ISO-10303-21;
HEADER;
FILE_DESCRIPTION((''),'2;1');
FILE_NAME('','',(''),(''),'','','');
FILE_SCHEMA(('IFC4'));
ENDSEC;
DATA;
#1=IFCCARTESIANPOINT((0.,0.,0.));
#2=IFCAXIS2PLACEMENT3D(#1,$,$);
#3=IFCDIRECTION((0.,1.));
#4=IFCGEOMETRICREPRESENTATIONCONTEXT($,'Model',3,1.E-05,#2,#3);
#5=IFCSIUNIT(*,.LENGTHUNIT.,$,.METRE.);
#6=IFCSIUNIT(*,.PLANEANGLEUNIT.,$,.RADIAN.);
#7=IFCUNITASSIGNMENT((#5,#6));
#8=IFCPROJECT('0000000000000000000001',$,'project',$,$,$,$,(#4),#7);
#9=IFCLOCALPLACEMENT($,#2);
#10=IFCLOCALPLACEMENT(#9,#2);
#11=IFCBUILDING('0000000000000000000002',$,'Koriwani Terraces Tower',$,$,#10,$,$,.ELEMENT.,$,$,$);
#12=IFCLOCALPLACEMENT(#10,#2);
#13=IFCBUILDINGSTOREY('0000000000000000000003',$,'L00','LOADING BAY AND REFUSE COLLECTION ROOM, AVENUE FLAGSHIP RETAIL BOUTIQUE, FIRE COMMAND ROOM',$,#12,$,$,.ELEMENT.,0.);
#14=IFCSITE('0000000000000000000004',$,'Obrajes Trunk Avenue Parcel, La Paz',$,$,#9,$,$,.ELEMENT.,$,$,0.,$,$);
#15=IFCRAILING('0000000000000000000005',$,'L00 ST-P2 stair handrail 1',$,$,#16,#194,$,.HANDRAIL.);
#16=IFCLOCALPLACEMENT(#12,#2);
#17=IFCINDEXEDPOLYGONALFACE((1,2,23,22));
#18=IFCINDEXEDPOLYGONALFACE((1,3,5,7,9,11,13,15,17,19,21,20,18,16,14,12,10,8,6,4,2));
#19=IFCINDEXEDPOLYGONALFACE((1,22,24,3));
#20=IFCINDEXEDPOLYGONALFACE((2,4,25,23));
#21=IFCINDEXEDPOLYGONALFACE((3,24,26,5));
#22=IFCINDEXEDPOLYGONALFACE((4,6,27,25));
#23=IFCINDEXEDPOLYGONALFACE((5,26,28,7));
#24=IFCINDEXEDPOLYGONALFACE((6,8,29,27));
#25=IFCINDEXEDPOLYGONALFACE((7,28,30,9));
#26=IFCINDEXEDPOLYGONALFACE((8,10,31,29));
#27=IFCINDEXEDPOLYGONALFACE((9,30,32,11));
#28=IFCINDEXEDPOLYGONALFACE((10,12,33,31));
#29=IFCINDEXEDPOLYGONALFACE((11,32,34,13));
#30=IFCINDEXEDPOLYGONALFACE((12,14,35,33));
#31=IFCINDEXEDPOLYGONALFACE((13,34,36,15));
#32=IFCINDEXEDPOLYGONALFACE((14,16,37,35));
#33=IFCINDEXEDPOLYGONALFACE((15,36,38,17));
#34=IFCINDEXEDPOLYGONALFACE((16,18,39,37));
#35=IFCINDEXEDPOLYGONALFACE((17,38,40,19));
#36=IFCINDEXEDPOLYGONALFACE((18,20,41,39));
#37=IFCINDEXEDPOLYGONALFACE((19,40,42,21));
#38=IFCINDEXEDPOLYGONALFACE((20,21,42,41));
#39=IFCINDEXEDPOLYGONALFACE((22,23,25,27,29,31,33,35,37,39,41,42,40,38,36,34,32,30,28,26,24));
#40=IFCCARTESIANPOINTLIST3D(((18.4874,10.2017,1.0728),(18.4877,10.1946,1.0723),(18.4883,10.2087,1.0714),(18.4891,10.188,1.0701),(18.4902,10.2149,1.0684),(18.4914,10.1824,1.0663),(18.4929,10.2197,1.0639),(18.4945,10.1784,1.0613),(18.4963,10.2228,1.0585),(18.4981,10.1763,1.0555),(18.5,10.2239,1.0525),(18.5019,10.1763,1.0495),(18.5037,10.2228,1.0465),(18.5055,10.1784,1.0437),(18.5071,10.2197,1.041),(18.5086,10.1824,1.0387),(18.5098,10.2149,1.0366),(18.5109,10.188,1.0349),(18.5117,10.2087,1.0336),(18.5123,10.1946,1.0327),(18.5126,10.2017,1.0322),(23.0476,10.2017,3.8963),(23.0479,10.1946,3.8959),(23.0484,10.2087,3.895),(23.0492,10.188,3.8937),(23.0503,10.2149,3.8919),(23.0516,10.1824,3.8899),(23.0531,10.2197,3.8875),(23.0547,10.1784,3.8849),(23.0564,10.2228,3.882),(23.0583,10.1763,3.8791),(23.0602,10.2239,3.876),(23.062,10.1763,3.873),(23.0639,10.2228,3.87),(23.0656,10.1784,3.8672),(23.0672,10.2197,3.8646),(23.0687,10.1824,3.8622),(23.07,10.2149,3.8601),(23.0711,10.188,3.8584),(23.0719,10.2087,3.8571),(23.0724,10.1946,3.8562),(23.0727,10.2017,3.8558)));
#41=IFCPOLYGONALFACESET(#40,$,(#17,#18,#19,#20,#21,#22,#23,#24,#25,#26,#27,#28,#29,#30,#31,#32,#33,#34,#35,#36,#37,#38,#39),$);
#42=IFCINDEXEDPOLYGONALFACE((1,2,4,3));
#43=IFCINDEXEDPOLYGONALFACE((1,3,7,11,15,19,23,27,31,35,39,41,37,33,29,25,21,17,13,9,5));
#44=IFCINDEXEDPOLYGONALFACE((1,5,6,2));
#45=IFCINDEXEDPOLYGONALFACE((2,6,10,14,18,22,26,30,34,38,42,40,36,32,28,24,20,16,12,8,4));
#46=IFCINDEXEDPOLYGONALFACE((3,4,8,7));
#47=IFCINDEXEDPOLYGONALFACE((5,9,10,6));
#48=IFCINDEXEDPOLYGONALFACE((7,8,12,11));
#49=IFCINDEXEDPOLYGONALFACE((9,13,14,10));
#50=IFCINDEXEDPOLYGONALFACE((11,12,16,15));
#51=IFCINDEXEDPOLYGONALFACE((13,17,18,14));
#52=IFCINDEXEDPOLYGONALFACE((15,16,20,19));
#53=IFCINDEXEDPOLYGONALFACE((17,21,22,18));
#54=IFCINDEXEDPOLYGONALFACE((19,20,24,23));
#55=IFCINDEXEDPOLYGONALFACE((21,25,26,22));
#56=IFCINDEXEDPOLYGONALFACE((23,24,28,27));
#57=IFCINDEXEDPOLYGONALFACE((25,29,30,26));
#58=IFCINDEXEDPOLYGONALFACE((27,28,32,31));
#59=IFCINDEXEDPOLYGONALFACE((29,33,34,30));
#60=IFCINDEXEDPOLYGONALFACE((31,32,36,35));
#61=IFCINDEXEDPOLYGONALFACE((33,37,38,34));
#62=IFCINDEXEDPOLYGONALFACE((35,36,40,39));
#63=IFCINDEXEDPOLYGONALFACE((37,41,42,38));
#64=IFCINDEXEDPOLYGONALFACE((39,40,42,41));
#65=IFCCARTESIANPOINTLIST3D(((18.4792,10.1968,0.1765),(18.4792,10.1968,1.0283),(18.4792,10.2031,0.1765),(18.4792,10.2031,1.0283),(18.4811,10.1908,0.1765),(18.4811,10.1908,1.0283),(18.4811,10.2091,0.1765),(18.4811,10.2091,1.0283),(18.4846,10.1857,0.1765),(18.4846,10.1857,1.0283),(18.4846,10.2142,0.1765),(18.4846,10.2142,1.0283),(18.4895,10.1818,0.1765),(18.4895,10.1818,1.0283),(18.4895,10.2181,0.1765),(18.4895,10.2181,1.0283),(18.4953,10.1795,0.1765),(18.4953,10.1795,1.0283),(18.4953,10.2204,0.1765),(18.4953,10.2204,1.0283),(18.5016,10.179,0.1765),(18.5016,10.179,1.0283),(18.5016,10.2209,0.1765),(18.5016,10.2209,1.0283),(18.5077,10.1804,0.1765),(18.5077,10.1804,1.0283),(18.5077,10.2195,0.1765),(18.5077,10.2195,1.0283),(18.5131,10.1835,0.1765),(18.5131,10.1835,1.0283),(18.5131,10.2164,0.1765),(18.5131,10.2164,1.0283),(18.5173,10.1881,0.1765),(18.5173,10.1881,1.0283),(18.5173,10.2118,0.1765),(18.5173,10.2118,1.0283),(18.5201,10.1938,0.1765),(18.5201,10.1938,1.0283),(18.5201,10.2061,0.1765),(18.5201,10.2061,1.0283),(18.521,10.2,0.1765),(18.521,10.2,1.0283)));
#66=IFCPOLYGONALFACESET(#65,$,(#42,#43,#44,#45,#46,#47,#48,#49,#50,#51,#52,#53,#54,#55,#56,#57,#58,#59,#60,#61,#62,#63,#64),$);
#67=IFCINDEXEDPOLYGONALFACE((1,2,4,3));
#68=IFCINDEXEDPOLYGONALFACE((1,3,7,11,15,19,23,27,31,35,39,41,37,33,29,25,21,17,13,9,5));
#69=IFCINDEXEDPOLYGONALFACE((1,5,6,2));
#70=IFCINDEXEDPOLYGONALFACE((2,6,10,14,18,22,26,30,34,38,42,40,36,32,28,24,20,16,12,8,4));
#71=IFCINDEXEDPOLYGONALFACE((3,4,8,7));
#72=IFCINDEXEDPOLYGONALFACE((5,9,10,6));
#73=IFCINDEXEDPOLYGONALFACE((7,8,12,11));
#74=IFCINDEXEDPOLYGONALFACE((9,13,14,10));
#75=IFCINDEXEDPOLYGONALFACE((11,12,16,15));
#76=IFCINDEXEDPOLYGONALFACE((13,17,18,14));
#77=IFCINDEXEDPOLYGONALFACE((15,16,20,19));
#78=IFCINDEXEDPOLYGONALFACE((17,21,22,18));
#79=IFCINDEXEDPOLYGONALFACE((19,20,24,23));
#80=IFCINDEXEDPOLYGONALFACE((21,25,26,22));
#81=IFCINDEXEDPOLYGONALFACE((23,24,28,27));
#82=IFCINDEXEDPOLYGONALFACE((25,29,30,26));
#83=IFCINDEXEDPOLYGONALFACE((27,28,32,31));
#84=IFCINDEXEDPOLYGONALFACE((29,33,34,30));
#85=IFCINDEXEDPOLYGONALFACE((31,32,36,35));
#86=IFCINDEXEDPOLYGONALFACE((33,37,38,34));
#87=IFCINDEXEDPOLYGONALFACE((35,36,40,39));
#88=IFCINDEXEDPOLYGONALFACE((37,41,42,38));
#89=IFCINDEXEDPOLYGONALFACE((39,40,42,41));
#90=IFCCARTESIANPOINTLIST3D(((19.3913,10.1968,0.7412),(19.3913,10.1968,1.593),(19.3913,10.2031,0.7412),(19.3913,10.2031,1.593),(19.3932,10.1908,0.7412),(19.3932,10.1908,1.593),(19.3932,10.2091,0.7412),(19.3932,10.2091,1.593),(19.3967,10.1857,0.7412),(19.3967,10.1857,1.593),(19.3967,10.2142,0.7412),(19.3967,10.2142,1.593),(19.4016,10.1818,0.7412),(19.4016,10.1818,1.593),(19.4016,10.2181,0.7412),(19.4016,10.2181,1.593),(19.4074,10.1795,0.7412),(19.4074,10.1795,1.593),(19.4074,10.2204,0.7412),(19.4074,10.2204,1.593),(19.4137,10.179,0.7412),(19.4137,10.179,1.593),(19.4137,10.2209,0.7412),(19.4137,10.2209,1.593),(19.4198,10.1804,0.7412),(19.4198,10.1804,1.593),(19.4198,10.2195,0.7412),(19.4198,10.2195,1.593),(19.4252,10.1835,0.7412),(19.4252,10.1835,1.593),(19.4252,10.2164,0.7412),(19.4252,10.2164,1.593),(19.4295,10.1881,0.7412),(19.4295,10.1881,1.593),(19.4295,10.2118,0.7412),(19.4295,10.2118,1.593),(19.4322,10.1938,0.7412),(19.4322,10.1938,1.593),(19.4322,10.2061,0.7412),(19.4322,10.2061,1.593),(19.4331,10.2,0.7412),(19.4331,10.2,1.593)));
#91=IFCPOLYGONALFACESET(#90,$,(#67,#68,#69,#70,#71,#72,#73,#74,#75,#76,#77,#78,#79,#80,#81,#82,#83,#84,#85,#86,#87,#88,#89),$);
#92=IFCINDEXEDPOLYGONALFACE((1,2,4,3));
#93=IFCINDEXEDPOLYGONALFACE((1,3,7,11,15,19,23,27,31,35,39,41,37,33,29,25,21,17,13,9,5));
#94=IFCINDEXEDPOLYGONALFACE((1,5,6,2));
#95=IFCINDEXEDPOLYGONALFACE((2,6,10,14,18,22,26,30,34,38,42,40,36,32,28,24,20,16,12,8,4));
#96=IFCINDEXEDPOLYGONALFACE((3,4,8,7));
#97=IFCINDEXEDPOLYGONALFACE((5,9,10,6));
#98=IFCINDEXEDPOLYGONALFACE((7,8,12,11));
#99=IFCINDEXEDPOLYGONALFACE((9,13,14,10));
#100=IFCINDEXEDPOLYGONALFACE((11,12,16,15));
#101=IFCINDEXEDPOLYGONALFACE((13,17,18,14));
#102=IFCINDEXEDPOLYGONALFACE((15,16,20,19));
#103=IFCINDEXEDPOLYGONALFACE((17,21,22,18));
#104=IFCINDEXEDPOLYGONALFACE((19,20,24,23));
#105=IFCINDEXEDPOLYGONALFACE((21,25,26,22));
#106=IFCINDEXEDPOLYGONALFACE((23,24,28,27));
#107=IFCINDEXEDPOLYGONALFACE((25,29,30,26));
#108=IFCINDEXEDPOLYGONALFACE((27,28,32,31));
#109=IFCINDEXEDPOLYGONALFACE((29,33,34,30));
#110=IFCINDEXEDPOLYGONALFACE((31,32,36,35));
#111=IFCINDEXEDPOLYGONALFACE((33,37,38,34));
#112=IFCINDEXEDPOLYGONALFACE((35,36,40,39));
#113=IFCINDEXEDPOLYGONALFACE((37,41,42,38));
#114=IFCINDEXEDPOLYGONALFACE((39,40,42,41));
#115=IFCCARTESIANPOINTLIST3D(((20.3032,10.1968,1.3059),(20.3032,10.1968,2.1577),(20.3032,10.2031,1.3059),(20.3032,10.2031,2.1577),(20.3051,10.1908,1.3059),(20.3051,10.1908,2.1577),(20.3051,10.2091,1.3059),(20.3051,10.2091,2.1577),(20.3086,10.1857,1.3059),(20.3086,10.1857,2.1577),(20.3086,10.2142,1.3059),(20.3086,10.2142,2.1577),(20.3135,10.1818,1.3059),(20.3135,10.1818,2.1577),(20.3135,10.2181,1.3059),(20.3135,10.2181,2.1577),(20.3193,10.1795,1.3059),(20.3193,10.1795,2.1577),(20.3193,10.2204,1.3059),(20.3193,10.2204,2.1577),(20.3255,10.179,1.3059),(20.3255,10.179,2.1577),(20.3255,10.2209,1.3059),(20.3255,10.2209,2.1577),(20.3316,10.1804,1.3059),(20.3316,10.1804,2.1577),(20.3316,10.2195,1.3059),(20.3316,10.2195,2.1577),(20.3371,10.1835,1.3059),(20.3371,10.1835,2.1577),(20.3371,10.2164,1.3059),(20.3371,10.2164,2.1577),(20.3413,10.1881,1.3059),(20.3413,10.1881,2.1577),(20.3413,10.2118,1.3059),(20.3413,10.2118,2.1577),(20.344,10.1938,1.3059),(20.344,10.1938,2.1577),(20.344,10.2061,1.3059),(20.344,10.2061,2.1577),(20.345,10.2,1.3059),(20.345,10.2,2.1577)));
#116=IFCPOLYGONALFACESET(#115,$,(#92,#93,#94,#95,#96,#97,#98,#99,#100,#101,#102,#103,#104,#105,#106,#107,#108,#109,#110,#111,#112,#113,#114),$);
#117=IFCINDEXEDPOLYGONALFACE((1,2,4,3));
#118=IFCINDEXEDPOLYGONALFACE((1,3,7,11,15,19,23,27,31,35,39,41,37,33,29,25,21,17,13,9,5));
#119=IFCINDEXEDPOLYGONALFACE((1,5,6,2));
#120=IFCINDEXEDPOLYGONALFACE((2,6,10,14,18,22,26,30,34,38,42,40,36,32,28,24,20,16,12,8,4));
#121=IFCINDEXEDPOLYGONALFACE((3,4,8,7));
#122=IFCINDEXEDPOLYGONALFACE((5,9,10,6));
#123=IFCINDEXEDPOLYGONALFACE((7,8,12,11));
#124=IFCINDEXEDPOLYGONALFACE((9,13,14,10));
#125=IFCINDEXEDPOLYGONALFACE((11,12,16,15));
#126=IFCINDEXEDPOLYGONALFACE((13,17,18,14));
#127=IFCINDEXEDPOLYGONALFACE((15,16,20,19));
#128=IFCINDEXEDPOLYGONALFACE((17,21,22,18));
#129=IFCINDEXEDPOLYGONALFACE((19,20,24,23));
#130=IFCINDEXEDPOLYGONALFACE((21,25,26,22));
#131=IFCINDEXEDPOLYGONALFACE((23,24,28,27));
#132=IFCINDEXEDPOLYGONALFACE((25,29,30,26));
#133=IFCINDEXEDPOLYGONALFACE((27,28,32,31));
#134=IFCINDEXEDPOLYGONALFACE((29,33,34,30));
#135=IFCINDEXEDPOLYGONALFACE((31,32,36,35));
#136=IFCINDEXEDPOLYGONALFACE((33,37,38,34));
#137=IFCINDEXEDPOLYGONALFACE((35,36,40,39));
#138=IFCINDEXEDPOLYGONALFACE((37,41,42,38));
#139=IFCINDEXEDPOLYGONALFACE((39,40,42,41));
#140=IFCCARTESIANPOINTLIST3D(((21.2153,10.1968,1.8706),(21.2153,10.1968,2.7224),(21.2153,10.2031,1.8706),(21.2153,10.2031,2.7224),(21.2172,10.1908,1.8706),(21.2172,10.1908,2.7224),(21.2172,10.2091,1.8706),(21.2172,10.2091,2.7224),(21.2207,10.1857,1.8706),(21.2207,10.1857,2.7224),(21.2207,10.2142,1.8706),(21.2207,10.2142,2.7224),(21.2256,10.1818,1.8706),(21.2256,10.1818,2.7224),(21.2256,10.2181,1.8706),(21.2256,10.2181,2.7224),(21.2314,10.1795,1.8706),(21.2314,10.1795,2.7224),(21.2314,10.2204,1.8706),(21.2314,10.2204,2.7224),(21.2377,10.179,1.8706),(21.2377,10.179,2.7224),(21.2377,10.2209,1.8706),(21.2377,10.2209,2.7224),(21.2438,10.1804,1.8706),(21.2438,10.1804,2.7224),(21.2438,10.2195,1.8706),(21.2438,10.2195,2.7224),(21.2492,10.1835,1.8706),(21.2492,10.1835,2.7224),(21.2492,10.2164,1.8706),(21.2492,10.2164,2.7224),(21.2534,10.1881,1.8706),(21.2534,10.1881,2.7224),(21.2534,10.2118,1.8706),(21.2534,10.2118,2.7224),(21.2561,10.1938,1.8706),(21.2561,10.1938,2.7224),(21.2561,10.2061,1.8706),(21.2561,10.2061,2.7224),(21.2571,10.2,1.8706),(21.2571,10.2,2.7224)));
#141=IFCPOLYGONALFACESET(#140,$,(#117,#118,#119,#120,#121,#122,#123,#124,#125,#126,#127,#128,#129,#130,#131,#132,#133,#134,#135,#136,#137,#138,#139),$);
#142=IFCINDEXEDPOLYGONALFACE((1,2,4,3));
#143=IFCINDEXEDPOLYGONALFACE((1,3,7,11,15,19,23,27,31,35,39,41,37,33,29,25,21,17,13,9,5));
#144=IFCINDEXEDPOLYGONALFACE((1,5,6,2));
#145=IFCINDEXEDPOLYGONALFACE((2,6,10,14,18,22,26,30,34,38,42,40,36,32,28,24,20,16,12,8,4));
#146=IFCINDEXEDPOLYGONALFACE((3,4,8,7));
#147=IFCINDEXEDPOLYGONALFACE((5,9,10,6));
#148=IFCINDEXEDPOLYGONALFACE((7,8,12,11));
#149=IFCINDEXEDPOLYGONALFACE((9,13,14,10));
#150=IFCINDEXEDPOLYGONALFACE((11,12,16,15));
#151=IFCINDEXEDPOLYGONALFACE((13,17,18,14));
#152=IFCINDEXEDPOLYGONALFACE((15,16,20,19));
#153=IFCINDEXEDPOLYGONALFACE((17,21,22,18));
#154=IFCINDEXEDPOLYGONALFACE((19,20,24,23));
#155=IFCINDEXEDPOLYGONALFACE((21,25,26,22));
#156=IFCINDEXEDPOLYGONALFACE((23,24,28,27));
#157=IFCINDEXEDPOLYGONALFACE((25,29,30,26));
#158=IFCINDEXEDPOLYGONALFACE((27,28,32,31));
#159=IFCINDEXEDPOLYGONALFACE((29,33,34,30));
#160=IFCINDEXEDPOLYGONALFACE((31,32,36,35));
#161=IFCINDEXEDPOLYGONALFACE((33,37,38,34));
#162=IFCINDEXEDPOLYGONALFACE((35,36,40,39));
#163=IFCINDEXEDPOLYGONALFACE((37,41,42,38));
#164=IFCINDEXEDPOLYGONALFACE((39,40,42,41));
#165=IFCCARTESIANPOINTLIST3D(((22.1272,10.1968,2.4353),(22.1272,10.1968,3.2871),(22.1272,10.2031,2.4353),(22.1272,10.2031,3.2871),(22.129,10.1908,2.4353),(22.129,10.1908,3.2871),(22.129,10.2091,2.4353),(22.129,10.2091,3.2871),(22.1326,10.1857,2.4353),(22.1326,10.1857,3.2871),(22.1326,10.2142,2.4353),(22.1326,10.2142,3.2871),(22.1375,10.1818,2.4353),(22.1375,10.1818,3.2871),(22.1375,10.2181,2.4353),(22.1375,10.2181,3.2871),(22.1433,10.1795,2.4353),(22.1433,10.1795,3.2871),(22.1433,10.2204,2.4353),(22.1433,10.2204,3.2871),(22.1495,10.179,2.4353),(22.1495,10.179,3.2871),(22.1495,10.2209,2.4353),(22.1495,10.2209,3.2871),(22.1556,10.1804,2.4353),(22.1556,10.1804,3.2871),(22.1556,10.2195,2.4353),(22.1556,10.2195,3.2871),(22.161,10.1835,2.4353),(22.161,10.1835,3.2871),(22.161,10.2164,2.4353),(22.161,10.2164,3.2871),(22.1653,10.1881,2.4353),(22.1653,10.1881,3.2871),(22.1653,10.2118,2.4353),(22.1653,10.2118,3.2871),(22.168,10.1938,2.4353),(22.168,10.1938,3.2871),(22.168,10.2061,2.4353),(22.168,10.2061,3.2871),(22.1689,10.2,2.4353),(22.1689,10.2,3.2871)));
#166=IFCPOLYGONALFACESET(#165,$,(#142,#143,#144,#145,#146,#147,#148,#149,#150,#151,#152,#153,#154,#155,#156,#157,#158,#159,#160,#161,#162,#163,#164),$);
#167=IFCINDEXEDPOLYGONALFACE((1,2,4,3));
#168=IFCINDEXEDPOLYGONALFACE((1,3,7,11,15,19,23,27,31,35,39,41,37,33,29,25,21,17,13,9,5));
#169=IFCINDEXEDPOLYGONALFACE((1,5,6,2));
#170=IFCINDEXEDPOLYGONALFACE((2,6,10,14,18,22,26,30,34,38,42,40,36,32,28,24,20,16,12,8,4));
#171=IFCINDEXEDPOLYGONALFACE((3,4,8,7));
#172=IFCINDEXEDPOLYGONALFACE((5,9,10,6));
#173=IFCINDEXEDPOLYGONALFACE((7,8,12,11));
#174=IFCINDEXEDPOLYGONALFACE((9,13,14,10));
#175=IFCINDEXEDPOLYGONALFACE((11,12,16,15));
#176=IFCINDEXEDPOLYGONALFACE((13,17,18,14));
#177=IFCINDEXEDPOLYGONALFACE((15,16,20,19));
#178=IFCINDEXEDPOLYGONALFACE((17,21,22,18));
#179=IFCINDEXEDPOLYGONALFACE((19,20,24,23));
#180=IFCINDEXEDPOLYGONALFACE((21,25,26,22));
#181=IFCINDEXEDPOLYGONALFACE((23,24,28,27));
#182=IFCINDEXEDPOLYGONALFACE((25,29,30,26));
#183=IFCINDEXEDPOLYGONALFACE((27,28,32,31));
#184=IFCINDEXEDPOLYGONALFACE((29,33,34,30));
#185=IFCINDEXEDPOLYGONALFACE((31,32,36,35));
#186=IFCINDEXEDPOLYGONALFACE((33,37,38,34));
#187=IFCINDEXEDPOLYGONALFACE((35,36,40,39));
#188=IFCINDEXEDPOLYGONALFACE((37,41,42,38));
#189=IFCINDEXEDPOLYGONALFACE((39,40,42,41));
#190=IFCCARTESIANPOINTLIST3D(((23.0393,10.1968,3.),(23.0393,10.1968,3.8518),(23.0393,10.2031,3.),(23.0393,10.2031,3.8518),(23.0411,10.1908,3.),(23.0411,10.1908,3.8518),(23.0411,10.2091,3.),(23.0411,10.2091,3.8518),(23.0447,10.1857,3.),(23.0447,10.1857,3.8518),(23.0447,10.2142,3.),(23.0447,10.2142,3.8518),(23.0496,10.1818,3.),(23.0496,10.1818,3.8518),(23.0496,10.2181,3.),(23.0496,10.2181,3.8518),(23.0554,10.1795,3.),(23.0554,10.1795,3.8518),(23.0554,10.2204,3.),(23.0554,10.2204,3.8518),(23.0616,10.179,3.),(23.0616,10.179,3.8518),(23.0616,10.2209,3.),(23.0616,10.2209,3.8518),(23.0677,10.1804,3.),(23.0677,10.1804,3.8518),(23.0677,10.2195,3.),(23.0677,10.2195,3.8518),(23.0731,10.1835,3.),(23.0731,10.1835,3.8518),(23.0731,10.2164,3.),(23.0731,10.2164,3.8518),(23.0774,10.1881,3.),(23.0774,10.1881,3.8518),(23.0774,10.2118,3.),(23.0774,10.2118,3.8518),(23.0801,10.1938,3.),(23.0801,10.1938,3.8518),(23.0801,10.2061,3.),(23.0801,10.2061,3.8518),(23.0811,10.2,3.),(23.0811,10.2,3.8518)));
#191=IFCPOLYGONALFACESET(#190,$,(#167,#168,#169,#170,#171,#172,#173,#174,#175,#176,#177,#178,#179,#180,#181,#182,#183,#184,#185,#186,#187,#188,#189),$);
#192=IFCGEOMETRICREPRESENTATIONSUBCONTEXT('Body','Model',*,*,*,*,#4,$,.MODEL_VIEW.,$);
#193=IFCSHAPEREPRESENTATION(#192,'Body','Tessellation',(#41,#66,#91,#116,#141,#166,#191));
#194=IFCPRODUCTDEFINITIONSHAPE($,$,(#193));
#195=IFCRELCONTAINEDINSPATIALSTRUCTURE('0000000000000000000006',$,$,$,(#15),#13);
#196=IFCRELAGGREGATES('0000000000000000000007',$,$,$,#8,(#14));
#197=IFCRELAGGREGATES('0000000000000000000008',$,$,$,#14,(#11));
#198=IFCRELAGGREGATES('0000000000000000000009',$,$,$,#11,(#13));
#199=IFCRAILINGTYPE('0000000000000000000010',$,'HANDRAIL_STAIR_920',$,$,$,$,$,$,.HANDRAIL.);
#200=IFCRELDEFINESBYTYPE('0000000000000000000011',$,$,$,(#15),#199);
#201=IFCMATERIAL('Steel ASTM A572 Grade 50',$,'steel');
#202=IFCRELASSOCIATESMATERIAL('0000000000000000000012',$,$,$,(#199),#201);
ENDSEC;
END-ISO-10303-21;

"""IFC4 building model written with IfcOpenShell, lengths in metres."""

from ifc_helpers import new_model, si_unit, direction, frame, origin, origin_2d, place, context, subcontext, project, spatial, circle, extrude, material, type_object, element, save


model = new_model("IFC4")

# Units and contexts
model_context = context("Model", 3, precision=1e-05, world=origin(), true_north=direction((0.0, 1.0)))
body_context = subcontext(model_context, "Body", "Model", "MODEL_VIEW")
ifc_project = project(units=[si_unit("LENGTHUNIT", "METRE"), si_unit("PLANEANGLEUNIT", "RADIAN")], contexts=[model_context])

# Site, building, storey
site_placement = place(None, origin())
site = spatial("IfcSite", under=ifc_project, at=site_placement, Name="Obrajes Trunk Avenue Parcel, La Paz", CompositionType="ELEMENT", RefElevation=0.0)
building_placement = place(site_placement, origin())
building = spatial("IfcBuilding", under=site, at=building_placement, Name="Koriwani Terraces Tower", CompositionType="ELEMENT")
storey_placement = place(building_placement, origin())
storey = spatial("IfcBuildingStorey", under=building, at=storey_placement, Name="L00", Description="LOADING BAY AND REFUSE COLLECTION ROOM, AVENUE FLAGSHIP RETAIL BOUTIQUE, FIRE COMMAND ROOM", CompositionType="ELEMENT", Elevation=0.0)

# Shared definitions
ifc_material_1 = material(Name="Steel ASTM A572 Grade 50", Category="steel")

# Railing
railing_type_1 = type_object("IfcRailingType", Name="HANDRAIL_STAIR_920", PredefinedType="HANDRAIL", material=ifc_material_1)
railing_1_placement = place(storey_placement, frame((18.5, 10.2, 0.1765)))
element("IfcRailing", 1, at=railing_1_placement, inside=storey, type_object=railing_type_1, Name="L00 ST-P2 stair handrail 1", PredefinedType="HANDRAIL", context=body_context, shape_type="SweptSolid", body=[
    extrude(circle(Radius=0.0239, at=origin_2d()), frame((0.0, 0.0, 0.876), z_axis=(0.850216, 0.0, 0.526435), x_axis=(0.0, 1.0, 0.0)), (0.0, 0.0, 1.0), 5.3635),
    extrude(circle(Radius=0.021, at=origin_2d()), origin(), (0.0, 0.0, 1.0), 0.8518),
    extrude(circle(Radius=0.021, at=origin_2d()), frame((0.9121, 0.0, 0.5647)), (0.0, 0.0, 1.0), 0.8518),
    extrude(circle(Radius=0.021, at=origin_2d()), frame((1.824, 0.0, 1.1294)), (0.0, 0.0, 1.0), 0.8518),
    extrude(circle(Radius=0.021, at=origin_2d()), frame((2.7361, 0.0, 1.6941)), (0.0, 0.0, 1.0), 0.8518),
    extrude(circle(Radius=0.021, at=origin_2d()), frame((3.6479, 0.0, 2.2588)), (0.0, 0.0, 1.0), 0.8518),
    extrude(circle(Radius=0.021, at=origin_2d()), frame((4.5601, 0.0, 2.8235)), (0.0, 0.0, 1.0), 0.8518),
])

save(model, "model.ifc")
